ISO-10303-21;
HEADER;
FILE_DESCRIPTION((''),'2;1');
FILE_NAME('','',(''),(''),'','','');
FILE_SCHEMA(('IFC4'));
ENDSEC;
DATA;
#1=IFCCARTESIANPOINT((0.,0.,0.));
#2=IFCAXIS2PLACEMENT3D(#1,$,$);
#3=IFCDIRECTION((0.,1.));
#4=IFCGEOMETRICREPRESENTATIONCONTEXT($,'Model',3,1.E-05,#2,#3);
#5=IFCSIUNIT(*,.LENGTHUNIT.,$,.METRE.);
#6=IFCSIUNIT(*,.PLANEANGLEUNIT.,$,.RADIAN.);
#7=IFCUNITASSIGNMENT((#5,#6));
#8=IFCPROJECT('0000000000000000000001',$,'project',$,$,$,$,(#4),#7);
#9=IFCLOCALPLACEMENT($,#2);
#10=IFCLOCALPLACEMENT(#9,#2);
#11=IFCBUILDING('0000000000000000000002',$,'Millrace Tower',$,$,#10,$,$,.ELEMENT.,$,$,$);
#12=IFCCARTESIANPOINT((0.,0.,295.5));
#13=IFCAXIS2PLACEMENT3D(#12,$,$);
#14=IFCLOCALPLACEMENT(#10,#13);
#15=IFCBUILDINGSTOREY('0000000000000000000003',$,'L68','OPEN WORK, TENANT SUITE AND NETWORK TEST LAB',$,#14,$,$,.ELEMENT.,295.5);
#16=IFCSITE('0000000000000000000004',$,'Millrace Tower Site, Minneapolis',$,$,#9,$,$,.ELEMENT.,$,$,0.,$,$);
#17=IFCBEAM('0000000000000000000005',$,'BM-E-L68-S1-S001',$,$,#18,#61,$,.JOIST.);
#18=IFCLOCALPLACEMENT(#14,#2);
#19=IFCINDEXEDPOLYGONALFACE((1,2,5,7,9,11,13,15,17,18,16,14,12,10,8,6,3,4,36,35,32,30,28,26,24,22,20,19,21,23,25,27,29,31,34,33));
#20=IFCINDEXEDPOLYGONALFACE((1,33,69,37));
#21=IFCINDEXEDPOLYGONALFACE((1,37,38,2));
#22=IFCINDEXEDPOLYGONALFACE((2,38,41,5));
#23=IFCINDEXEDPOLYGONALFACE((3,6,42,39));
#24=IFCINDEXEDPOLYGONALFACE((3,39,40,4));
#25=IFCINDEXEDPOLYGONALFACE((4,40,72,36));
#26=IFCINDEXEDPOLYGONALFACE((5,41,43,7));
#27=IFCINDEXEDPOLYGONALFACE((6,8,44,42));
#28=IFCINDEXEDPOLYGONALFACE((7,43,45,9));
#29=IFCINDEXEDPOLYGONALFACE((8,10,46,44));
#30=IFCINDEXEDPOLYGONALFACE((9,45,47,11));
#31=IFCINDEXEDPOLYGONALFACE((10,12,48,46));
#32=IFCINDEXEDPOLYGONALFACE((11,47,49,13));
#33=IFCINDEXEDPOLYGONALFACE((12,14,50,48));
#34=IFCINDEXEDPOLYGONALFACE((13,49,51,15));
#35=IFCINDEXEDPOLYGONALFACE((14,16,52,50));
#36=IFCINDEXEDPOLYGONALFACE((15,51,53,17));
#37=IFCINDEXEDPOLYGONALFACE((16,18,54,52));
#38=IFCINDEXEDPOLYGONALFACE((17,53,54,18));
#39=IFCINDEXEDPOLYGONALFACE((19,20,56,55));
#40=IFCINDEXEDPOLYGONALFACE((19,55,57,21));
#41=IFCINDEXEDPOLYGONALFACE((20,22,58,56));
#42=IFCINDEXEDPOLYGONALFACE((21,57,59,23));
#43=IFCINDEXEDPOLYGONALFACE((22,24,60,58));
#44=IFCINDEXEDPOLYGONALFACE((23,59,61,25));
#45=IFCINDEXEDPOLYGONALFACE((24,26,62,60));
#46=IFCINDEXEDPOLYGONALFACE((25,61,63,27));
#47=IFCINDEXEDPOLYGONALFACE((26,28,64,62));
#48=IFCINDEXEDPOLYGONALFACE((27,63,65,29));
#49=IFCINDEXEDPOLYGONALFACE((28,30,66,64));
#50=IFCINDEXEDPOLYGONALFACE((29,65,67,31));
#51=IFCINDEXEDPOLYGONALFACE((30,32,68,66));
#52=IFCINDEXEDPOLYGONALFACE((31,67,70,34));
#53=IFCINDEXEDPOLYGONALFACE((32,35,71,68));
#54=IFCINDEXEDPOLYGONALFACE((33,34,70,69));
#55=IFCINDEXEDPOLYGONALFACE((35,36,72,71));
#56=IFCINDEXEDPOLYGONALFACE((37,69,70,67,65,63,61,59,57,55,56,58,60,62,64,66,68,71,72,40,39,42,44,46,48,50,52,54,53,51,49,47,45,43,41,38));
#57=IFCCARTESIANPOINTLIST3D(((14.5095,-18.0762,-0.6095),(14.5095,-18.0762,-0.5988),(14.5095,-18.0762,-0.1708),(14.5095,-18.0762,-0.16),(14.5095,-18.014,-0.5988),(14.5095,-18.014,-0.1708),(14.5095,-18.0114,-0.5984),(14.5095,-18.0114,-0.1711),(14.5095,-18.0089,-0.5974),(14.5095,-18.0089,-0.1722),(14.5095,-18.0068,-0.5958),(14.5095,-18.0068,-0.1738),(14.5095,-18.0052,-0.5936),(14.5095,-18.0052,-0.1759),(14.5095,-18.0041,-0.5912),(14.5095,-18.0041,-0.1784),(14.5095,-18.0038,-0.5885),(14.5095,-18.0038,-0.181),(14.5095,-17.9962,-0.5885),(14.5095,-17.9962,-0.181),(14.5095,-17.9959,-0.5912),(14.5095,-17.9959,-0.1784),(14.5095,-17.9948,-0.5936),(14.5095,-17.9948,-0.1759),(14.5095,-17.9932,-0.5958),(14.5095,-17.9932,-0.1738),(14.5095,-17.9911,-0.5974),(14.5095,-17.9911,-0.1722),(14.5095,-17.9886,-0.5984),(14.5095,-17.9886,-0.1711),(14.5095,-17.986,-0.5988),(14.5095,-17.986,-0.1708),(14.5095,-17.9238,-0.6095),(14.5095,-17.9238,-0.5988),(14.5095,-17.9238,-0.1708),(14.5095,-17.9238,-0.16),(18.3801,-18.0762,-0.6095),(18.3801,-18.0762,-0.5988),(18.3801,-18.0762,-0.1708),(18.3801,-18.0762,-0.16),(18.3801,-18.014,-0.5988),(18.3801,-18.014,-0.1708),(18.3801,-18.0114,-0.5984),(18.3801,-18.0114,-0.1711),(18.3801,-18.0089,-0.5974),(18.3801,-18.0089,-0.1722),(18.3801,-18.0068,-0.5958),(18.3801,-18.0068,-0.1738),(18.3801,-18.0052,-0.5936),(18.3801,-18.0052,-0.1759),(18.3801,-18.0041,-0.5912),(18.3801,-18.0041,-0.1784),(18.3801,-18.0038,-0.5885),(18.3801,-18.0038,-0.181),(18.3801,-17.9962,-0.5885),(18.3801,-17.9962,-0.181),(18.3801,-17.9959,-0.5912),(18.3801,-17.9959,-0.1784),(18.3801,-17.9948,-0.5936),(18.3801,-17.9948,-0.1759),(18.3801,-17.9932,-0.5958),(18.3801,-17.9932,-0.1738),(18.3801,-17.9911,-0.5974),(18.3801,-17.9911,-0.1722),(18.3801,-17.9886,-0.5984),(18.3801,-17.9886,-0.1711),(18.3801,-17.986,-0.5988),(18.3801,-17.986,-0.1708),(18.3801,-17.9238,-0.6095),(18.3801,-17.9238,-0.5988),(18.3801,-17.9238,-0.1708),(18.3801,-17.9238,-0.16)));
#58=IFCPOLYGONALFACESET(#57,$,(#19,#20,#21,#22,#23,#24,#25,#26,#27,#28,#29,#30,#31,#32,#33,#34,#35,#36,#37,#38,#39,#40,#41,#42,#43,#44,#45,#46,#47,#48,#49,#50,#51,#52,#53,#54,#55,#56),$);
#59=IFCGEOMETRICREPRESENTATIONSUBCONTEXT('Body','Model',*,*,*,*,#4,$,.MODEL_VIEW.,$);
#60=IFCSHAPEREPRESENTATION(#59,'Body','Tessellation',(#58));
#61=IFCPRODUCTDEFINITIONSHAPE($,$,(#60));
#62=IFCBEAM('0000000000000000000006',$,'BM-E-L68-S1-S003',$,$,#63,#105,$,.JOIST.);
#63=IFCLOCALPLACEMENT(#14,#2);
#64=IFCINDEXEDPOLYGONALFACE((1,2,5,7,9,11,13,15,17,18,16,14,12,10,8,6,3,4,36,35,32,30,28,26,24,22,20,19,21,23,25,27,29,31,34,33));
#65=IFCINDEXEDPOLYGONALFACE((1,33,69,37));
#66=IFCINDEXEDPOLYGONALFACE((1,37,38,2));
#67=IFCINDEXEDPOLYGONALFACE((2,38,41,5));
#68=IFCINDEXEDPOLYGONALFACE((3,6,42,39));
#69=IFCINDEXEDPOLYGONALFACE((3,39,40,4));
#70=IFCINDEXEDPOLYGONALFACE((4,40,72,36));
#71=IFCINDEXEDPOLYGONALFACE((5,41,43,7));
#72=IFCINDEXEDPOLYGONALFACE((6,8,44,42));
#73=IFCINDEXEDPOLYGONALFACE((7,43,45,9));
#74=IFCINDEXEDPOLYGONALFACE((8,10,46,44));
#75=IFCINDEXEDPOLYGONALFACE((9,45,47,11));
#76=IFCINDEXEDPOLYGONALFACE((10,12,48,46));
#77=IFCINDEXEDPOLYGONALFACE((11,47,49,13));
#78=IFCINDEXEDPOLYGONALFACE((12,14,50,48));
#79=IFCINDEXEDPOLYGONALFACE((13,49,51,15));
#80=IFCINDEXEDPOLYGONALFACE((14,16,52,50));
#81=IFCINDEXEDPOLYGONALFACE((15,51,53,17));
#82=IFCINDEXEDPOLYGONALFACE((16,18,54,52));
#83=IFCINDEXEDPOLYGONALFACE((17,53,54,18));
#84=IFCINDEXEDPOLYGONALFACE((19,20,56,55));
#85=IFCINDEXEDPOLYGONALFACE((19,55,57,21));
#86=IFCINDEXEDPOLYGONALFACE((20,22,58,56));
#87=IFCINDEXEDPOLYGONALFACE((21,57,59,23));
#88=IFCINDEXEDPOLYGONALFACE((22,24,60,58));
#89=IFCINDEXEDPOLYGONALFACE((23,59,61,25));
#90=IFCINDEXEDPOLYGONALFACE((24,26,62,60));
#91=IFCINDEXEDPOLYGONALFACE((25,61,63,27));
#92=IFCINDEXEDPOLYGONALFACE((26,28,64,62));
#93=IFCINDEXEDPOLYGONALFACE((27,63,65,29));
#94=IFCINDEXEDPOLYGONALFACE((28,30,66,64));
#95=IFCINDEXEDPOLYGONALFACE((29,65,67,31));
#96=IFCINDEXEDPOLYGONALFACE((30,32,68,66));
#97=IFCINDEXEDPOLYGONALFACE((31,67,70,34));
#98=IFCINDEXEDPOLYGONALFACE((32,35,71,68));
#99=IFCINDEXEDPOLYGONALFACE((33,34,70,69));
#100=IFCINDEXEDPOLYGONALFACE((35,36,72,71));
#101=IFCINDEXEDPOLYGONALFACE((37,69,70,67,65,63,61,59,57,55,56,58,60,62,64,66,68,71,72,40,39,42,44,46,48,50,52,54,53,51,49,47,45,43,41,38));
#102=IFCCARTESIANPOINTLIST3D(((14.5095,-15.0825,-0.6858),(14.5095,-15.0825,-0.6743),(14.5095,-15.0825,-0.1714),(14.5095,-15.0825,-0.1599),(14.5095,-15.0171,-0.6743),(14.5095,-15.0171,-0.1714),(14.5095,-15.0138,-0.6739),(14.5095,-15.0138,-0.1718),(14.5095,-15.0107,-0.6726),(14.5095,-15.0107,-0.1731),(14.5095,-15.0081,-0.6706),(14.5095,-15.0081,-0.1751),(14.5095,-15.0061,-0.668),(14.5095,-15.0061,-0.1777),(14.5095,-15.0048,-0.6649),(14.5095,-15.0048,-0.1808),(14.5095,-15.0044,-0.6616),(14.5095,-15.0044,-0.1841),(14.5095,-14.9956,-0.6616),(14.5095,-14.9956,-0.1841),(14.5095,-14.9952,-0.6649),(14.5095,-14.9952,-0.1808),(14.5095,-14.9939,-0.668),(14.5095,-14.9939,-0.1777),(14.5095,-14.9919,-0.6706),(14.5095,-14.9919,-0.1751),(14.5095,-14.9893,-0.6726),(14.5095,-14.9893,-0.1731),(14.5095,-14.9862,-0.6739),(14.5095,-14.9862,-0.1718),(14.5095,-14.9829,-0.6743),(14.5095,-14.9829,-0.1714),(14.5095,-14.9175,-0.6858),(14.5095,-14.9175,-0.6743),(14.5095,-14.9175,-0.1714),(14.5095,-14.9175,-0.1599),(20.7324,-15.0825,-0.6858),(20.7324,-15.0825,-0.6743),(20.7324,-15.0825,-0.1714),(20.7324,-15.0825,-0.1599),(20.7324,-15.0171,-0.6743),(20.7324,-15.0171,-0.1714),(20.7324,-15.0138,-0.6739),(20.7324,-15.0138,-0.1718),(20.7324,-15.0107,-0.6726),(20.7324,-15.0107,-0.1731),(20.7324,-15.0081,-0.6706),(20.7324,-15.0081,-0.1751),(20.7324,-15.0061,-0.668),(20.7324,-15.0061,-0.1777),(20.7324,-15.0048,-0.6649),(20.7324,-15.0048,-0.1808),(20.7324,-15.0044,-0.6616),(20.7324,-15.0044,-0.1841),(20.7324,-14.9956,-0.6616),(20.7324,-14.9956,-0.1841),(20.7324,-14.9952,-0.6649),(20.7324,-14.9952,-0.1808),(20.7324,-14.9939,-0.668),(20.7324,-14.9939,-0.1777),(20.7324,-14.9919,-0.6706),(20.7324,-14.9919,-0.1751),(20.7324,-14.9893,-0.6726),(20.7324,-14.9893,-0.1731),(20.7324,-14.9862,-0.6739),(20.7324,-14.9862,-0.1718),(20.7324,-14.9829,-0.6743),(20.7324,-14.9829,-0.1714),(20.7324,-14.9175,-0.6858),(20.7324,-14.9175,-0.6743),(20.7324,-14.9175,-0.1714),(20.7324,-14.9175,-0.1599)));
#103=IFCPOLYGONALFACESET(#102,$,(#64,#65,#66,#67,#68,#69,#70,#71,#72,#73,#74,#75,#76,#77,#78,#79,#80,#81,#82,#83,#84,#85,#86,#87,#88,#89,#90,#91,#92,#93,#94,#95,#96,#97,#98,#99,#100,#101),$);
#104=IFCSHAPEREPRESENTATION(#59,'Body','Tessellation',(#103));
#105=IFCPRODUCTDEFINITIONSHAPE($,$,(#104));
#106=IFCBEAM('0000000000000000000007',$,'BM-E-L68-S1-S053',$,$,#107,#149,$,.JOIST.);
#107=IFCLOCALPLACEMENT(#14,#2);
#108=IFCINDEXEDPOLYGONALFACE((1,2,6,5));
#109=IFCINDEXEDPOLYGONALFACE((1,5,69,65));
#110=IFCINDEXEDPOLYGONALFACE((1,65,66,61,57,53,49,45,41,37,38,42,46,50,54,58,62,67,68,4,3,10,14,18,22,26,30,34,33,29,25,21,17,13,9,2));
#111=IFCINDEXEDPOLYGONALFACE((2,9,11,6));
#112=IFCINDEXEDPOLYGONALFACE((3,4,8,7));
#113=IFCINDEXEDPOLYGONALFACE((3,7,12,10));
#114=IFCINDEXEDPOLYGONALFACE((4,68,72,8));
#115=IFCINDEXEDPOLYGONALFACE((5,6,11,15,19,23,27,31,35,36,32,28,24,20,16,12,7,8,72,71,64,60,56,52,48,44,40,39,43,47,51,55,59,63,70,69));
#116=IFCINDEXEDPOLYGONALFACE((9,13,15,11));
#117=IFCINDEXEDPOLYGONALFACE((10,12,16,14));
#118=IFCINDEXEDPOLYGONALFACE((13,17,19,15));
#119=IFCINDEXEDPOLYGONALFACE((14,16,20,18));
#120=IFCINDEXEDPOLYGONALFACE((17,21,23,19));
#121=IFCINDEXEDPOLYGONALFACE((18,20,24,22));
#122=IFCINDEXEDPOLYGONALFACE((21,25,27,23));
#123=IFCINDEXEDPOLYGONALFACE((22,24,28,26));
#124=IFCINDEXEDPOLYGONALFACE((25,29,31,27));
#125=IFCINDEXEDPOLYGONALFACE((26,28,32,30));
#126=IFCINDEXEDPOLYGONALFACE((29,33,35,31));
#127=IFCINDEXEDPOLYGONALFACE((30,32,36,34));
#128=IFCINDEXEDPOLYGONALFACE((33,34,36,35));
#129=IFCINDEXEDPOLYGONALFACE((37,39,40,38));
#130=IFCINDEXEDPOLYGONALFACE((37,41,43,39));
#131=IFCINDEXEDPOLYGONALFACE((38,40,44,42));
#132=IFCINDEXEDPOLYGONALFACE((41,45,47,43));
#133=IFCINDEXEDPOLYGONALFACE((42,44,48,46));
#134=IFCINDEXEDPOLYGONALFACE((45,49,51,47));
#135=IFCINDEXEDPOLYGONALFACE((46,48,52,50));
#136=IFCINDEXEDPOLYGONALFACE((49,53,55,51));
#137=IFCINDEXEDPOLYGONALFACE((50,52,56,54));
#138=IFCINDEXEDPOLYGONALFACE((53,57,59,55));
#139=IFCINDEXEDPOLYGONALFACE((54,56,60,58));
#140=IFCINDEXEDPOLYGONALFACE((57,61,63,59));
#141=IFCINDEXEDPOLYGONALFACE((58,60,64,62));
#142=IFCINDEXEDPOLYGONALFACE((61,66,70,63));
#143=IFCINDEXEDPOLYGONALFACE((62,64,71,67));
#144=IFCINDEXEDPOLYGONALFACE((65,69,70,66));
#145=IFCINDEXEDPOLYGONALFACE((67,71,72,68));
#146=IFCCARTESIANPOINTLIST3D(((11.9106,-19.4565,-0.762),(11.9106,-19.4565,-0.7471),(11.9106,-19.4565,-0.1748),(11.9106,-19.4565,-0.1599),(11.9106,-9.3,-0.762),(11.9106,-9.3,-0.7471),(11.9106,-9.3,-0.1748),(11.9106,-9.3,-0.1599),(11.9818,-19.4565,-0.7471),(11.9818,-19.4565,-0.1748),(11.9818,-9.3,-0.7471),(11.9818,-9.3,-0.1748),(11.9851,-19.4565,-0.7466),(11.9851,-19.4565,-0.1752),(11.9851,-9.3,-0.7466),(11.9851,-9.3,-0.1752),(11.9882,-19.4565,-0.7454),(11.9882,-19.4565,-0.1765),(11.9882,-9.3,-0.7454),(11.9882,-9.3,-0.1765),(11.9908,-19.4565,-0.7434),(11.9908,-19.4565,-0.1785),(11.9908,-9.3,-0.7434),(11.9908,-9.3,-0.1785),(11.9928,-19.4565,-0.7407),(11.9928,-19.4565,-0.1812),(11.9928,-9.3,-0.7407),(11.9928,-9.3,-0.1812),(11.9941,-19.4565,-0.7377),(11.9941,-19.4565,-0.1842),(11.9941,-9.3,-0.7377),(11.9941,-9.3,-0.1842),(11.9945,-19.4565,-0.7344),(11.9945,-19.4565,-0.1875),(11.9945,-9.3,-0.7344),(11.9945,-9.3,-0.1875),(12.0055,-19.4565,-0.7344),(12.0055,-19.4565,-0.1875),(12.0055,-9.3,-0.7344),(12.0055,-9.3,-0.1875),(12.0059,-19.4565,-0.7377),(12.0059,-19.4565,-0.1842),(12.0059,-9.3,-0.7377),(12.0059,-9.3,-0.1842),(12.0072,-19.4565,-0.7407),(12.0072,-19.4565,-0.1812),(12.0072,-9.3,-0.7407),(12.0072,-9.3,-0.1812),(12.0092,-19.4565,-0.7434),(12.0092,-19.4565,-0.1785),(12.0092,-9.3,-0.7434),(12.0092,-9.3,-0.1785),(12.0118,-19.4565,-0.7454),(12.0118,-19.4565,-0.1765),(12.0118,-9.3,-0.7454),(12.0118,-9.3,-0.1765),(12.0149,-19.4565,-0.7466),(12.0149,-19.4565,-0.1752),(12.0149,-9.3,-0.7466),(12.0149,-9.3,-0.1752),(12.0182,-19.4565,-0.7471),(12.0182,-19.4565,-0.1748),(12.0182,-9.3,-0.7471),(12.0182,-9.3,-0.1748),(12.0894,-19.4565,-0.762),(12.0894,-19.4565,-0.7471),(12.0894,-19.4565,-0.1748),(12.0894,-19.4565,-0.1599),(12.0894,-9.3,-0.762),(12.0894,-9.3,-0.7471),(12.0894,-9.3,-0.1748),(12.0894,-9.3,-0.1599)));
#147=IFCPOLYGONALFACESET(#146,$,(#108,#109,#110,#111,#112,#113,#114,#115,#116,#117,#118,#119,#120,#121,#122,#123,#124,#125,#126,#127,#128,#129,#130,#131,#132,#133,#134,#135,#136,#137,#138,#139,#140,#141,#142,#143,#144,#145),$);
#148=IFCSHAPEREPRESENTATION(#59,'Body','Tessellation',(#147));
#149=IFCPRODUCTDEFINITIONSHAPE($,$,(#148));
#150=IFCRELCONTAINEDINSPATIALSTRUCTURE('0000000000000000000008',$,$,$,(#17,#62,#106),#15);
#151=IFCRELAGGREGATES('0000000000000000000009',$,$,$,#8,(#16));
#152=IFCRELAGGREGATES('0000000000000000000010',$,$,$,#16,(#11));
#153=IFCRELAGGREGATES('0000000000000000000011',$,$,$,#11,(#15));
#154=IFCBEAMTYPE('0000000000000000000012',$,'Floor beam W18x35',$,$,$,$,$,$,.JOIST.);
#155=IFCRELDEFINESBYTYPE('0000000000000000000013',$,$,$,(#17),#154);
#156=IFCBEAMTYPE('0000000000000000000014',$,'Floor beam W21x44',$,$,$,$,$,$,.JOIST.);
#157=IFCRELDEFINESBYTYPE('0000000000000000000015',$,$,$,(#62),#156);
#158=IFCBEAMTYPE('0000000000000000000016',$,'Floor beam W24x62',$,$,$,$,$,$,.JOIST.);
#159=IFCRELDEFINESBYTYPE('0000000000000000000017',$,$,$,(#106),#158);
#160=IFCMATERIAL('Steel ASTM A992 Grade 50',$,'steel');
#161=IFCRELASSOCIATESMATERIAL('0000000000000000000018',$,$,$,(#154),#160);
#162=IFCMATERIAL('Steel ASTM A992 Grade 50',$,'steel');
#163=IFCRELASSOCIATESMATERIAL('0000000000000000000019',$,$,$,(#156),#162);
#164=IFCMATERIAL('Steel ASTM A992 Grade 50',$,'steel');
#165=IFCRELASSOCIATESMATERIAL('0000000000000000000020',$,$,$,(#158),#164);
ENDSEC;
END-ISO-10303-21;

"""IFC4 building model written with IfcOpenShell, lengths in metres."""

from ifc_helpers import new_model, si_unit, direction, frame, origin, origin_2d, place, context, subcontext, project, spatial, i_section, extrude, material, material_profile, profile_set, type_object, element, save


model = new_model("IFC4")

# Units and contexts
model_context = context("Model", 3, precision=1e-05, world=origin(), true_north=direction((0.0, 1.0)))
body_context = subcontext(model_context, "Body", "Model", "MODEL_VIEW")
ifc_project = project(units=[si_unit("LENGTHUNIT", "METRE"), si_unit("PLANEANGLEUNIT", "RADIAN")], contexts=[model_context])

# Site, building, storey
site_placement = place(None, origin())
site = spatial("IfcSite", under=ifc_project, at=site_placement, Name="Millrace Tower Site, Minneapolis", CompositionType="ELEMENT", RefElevation=0.0)
building_placement = place(site_placement, origin())
building = spatial("IfcBuilding", under=site, at=building_placement, Name="Millrace Tower", CompositionType="ELEMENT")
storey_placement = place(building_placement, frame((0.0, 0.0, 295.5)))
storey = spatial("IfcBuildingStorey", under=building, at=storey_placement, Name="L68", Description="OPEN WORK, TENANT SUITE AND NETWORK TEST LAB", CompositionType="ELEMENT", Elevation=295.5)

# Beams
ifc_material_1 = material(Name="Steel ASTM A992 Grade 50", Category="steel")
ifc_material_profile_1 = material_profile(ifc_material_1, i_section(OverallWidth=0.1523, OverallDepth=0.4495, WebThickness=0.0076, FlangeThickness=0.0107, FilletRadius=0.0103, at=origin_2d()))
ifc_profile_set_1 = profile_set([ifc_material_profile_1], Name="Steel ASTM A992 Grade 50")
beam_type_1 = type_object("IfcBeamType", Name="Floor beam W18x35", PredefinedType="JOIST", material=ifc_profile_set_1)
beam_1_placement = place(storey_placement, frame((14.5095, -18.0, -0.3848), z_axis=(1.0, 0.0, 0.0), x_axis=(0.0, 1.0, 0.0)))
element("IfcBeam", 1, at=beam_1_placement, inside=storey, type_object=beam_type_1, Name="BM-E-L68-S1-S001", PredefinedType="JOIST", context=body_context, shape_type="SweptSolid", body=[
    extrude(i_section(OverallWidth=0.1523, OverallDepth=0.4495, WebThickness=0.0076, FlangeThickness=0.0107, FilletRadius=0.0103, at=origin_2d()), origin(), (0.0, 0.0, 1.0), 3.8706),
])
ifc_material_2 = material(Name="Steel ASTM A992 Grade 50", Category="steel")
ifc_material_profile_2 = material_profile(ifc_material_2, i_section(OverallWidth=0.165, OverallDepth=0.5259, WebThickness=0.0088, FlangeThickness=0.0115, FilletRadius=0.0127, at=origin_2d()))
ifc_profile_set_2 = profile_set([ifc_material_profile_2], Name="Steel ASTM A992 Grade 50")
beam_type_2 = type_object("IfcBeamType", Name="Floor beam W21x44", PredefinedType="JOIST", material=ifc_profile_set_2)
beam_2_placement = place(storey_placement, frame((14.5095, -15.0, -0.4229), z_axis=(1.0, 0.0, 0.0), x_axis=(0.0, 1.0, 0.0)))
element("IfcBeam", 2, at=beam_2_placement, inside=storey, type_object=beam_type_2, Name="BM-E-L68-S1-S003", PredefinedType="JOIST", context=body_context, shape_type="SweptSolid", body=[
    extrude(i_section(OverallWidth=0.165, OverallDepth=0.5259, WebThickness=0.0088, FlangeThickness=0.0115, FilletRadius=0.0127, at=origin_2d()), origin(), (0.0, 0.0, 1.0), 6.2229),
])
ifc_material_3 = material(Name="Steel ASTM A992 Grade 50", Category="steel")
ifc_material_profile_3 = material_profile(ifc_material_3, i_section(OverallWidth=0.1787, OverallDepth=0.6021, WebThickness=0.011, FlangeThickness=0.0149, FilletRadius=0.0127, at=origin_2d()))
ifc_profile_set_3 = profile_set([ifc_material_profile_3], Name="Steel ASTM A992 Grade 50")
beam_type_3 = type_object("IfcBeamType", Name="Floor beam W24x62", PredefinedType="JOIST", material=ifc_profile_set_3)
beam_3_placement = place(storey_placement, frame((12.0, -19.4565, -0.4609), z_axis=(0.0, 1.0, 0.0), x_axis=(-1.0, 0.0, 0.0)))
element("IfcBeam", 3, at=beam_3_placement, inside=storey, type_object=beam_type_3, Name="BM-E-L68-S1-S053", PredefinedType="JOIST", context=body_context, shape_type="SweptSolid", body=[
    extrude(i_section(OverallWidth=0.1787, OverallDepth=0.6021, WebThickness=0.011, FlangeThickness=0.0149, FilletRadius=0.0127, at=origin_2d()), origin(), (0.0, 0.0, 1.0), 10.1565),
])

save(model, "model.ifc")
